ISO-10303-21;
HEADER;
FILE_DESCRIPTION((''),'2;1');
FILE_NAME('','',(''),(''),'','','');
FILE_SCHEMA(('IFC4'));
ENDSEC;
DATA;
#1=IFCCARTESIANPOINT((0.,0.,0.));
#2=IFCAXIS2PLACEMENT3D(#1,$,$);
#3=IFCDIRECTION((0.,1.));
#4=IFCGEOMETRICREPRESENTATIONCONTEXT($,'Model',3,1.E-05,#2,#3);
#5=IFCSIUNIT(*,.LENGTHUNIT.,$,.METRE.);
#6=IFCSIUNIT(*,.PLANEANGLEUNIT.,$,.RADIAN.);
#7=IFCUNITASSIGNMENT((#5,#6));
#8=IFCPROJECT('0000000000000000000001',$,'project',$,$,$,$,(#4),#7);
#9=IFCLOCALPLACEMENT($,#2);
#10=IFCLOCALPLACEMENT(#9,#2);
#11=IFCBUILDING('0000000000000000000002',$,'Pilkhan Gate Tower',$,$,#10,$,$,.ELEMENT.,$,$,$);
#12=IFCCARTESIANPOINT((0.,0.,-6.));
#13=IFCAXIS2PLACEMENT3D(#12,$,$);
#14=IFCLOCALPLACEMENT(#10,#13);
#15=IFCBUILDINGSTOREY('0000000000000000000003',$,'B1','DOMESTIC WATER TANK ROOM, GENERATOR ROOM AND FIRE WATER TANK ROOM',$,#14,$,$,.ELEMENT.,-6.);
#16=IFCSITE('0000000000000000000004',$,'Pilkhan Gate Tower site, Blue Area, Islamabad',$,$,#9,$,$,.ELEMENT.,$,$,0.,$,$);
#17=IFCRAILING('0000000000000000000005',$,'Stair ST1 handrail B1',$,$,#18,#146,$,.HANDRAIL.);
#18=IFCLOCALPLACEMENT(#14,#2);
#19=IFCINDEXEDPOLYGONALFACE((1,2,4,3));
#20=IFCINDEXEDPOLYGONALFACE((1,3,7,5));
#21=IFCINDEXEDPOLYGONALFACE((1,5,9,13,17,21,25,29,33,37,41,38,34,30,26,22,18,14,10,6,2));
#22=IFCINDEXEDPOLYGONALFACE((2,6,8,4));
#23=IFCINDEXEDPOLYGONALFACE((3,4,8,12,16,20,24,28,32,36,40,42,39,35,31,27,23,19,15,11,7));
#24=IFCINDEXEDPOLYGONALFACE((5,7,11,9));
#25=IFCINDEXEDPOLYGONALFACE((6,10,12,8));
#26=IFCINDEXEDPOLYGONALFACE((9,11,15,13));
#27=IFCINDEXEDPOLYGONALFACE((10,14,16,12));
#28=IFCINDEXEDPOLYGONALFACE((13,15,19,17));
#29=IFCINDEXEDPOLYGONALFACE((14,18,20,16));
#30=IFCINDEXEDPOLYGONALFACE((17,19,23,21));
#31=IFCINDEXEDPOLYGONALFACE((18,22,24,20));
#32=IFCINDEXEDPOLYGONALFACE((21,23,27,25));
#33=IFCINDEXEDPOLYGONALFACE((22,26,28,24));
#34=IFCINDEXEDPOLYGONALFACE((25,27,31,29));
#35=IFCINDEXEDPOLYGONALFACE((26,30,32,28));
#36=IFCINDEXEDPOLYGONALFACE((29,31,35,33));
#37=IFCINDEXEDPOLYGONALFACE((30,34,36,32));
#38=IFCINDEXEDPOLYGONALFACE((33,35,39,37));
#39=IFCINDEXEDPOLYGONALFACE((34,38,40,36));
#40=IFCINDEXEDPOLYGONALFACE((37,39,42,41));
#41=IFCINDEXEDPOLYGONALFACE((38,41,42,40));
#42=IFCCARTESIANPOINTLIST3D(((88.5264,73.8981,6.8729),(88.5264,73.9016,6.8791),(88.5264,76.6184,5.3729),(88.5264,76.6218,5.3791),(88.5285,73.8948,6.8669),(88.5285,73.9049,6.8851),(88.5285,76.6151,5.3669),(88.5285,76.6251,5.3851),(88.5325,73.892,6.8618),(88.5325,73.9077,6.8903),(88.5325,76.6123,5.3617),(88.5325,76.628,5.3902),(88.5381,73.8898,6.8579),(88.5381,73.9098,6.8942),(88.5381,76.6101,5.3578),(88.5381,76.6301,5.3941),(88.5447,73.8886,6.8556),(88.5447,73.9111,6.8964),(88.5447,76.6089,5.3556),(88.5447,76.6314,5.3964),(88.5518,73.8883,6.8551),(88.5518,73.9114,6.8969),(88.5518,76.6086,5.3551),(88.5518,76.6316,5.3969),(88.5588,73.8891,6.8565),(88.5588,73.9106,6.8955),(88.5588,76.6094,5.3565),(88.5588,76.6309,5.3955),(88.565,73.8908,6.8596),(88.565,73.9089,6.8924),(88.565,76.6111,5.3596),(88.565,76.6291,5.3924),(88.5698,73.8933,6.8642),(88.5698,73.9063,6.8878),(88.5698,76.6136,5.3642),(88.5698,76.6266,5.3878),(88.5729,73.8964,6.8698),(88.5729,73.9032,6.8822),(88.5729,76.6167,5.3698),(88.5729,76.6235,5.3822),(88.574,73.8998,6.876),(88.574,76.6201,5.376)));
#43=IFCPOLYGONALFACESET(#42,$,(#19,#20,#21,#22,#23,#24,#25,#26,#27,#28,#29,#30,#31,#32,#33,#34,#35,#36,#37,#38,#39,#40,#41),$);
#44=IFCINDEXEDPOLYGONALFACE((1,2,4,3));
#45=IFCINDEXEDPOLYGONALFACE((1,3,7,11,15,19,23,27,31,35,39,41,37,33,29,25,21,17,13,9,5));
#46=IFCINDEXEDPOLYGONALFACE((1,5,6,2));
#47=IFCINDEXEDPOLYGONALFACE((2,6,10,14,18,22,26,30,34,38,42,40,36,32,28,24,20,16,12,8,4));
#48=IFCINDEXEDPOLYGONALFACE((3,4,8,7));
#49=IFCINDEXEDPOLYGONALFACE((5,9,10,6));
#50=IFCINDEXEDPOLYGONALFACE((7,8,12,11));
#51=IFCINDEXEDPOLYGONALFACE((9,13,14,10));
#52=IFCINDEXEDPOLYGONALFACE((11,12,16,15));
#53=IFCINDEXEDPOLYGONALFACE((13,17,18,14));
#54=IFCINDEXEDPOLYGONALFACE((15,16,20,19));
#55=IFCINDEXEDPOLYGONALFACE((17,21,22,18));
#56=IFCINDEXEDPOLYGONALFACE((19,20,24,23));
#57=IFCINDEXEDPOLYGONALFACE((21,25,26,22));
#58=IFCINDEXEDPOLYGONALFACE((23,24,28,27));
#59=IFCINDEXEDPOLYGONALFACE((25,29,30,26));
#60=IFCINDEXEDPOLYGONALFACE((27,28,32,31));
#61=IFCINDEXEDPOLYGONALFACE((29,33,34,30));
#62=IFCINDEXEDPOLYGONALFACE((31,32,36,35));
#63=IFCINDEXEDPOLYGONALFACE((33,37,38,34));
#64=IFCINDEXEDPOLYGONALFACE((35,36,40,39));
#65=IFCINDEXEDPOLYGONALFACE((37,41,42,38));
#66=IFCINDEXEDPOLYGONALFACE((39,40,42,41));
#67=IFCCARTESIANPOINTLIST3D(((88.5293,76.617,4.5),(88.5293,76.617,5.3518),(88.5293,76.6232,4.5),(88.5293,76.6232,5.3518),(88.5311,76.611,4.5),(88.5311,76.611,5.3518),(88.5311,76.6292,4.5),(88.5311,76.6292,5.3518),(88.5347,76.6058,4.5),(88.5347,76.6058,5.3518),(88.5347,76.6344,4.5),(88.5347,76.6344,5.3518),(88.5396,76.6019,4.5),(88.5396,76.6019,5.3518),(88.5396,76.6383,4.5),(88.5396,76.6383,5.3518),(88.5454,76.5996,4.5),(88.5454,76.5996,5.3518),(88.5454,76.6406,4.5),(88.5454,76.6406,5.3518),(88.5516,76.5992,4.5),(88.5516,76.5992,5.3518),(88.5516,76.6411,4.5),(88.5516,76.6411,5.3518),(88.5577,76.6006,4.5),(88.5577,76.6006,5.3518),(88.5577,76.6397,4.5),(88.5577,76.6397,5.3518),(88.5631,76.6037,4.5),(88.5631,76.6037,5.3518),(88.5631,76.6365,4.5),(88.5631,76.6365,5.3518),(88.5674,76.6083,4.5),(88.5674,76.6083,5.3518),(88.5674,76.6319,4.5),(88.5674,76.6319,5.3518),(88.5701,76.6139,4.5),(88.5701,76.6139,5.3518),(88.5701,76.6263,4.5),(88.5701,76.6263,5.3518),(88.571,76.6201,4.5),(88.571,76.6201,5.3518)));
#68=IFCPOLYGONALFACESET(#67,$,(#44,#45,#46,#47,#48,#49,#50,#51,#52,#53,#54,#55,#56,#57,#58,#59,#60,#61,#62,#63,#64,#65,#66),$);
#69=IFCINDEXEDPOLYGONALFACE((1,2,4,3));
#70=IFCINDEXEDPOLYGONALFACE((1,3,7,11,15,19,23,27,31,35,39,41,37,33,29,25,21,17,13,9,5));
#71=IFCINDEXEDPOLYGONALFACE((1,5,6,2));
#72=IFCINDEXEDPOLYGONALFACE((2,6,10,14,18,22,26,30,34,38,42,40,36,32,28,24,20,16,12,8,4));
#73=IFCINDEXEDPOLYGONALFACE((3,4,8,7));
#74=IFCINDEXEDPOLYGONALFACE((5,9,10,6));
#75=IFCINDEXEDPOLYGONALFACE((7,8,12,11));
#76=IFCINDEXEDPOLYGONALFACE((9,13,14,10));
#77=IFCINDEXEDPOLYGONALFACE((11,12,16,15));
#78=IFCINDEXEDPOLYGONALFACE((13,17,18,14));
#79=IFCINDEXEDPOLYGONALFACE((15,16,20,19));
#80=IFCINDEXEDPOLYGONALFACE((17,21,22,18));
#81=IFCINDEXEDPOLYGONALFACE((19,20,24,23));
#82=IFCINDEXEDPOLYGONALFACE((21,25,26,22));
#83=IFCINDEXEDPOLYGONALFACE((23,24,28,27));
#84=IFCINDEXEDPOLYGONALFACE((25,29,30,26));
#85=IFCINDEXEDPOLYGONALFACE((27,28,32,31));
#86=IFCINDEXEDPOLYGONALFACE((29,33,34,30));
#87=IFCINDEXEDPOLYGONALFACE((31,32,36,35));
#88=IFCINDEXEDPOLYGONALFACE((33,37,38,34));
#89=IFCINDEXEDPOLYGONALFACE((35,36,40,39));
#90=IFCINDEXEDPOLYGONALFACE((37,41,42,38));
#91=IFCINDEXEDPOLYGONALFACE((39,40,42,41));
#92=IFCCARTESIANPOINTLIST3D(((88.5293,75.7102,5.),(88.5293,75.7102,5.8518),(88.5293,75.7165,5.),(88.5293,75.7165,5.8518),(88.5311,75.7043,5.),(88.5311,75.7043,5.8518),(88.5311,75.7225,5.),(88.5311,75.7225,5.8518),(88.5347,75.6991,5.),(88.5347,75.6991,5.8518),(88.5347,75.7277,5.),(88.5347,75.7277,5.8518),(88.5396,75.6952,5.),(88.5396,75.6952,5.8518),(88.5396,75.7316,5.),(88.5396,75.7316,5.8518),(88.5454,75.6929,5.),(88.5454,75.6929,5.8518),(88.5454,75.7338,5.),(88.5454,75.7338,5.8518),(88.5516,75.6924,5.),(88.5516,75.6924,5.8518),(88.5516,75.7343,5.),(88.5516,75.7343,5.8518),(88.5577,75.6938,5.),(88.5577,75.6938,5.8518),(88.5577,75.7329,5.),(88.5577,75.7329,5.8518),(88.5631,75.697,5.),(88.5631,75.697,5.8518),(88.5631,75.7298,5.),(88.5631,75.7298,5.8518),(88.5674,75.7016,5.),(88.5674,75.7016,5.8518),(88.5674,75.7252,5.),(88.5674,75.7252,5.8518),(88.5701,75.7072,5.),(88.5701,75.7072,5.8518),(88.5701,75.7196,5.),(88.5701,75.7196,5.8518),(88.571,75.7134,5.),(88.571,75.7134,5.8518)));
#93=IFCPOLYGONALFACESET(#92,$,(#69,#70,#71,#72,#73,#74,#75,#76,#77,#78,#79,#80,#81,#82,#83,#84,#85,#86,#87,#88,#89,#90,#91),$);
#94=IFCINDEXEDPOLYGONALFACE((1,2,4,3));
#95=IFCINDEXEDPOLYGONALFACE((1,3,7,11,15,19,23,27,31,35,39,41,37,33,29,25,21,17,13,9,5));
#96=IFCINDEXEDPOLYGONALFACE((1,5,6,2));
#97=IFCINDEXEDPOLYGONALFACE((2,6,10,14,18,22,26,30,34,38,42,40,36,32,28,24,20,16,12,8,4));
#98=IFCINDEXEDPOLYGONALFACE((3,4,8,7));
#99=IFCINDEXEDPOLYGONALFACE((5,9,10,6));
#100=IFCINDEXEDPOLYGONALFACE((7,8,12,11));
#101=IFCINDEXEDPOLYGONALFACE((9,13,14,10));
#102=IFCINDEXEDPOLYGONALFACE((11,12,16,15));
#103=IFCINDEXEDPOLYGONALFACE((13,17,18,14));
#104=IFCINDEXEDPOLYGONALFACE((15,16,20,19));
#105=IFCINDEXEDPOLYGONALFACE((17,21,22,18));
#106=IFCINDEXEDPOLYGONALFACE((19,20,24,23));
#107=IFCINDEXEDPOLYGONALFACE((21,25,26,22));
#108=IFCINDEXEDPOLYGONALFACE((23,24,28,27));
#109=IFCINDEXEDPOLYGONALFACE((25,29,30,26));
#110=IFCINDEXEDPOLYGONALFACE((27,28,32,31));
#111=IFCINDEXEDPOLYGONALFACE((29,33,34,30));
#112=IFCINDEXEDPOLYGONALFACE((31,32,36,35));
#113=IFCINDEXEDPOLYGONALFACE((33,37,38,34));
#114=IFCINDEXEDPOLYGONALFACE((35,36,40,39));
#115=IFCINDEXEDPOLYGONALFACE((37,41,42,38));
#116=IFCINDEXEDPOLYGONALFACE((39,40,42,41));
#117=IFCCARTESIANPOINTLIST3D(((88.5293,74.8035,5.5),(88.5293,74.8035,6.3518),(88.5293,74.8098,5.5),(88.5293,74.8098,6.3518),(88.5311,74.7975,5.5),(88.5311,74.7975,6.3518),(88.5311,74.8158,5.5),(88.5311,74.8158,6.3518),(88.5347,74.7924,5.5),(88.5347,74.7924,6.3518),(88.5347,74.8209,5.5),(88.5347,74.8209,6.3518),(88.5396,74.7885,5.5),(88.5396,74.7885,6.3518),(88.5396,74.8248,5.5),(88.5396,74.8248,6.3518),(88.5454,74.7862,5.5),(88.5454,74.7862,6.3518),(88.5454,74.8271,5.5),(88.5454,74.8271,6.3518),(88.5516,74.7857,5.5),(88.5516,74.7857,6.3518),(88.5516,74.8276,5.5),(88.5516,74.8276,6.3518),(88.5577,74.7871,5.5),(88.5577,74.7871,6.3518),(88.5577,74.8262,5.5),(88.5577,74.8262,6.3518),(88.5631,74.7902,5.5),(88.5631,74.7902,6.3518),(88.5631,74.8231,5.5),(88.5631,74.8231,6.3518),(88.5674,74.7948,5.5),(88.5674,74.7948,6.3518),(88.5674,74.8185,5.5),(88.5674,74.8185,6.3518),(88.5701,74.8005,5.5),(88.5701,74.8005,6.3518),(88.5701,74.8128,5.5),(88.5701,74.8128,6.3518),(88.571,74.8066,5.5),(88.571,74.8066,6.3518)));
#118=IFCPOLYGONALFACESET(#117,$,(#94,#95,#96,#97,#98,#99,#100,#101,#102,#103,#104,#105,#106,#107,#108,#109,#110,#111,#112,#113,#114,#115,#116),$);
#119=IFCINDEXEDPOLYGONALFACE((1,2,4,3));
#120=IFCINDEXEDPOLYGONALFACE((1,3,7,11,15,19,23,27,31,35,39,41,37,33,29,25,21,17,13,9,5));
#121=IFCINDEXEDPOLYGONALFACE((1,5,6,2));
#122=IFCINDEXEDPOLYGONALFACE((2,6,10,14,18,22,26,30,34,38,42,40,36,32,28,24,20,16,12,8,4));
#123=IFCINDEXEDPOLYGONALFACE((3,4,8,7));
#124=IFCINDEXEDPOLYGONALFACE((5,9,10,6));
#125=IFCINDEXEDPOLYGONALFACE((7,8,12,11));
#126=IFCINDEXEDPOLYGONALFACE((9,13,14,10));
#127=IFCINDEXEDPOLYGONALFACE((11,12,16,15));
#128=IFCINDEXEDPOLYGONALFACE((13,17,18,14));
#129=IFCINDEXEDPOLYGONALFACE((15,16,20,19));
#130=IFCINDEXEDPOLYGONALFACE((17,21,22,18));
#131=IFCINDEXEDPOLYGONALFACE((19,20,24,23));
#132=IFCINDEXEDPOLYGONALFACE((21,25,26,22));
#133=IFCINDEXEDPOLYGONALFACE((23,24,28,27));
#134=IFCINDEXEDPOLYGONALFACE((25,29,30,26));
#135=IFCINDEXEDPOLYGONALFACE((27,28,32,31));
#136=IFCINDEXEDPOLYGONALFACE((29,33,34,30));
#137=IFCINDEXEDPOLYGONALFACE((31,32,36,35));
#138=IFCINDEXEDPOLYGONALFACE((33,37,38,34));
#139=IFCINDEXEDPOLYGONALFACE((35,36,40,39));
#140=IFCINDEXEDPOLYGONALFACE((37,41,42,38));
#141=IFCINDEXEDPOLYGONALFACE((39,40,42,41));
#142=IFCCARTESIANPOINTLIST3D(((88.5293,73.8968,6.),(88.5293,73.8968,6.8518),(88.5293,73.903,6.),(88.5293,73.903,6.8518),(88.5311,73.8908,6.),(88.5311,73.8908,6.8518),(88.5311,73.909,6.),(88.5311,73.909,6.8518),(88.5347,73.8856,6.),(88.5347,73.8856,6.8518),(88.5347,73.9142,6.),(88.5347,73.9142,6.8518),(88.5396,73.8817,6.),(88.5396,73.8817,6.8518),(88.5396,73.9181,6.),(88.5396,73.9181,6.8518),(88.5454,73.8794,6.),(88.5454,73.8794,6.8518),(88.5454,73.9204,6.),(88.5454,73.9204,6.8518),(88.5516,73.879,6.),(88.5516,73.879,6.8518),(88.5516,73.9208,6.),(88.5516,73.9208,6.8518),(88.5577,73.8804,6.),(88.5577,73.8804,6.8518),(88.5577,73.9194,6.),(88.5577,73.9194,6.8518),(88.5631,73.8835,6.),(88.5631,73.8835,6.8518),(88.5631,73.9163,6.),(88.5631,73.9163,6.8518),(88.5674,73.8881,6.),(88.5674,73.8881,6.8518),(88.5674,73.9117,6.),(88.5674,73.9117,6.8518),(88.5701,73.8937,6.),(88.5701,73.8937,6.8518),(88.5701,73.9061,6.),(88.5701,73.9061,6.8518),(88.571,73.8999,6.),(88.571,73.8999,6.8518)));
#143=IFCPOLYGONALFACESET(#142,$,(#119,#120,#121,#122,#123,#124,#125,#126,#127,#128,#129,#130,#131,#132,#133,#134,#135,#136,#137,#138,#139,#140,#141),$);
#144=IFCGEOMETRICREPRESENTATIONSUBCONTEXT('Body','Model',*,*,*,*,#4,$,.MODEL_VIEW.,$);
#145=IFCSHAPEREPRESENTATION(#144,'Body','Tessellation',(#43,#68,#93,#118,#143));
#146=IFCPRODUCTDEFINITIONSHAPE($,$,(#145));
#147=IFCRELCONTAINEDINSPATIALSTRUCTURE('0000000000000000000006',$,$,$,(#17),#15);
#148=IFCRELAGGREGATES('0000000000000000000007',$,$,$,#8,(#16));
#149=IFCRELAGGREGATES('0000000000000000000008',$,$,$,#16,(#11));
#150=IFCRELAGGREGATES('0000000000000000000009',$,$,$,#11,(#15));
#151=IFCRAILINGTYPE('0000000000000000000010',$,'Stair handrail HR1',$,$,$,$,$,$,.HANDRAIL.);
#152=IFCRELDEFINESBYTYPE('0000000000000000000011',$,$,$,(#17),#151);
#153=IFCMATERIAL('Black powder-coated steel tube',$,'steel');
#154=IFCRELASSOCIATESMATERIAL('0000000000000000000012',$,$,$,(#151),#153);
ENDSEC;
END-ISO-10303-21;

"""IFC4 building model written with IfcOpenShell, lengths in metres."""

from ifc_helpers import new_model, si_unit, direction, frame, origin, origin_2d, place, context, subcontext, project, spatial, circle, extrude, material, type_object, element, save


model = new_model("IFC4")

# Units and contexts
model_context = context("Model", 3, precision=1e-05, world=origin(), true_north=direction((0.0, 1.0)))
body_context = subcontext(model_context, "Body", "Model", "MODEL_VIEW")
ifc_project = project(units=[si_unit("LENGTHUNIT", "METRE"), si_unit("PLANEANGLEUNIT", "RADIAN")], contexts=[model_context])

# Site, building, storey
site_placement = place(None, origin())
site = spatial("IfcSite", under=ifc_project, at=site_placement, Name="Pilkhan Gate Tower site, Blue Area, Islamabad", CompositionType="ELEMENT", RefElevation=0.0)
building_placement = place(site_placement, origin())
building = spatial("IfcBuilding", under=site, at=building_placement, Name="Pilkhan Gate Tower", CompositionType="ELEMENT")
storey_placement = place(building_placement, frame((0.0, 0.0, -6.0)))
storey = spatial("IfcBuildingStorey", under=building, at=storey_placement, Name="B1", Description="DOMESTIC WATER TANK ROOM, GENERATOR ROOM AND FIRE WATER TANK ROOM", CompositionType="ELEMENT", Elevation=-6.0)

# Railing
ifc_material_1 = material(Name="Black powder-coated steel tube", Category="steel")
railing_type_1 = type_object("IfcRailingType", Name="Stair handrail HR1", PredefinedType="HANDRAIL", material=ifc_material_1)
for number, where, name in (
    (1, (88.55, 76.6201, 4.5), "Stair ST1 handrail B1"),
):
    element("IfcRailing", number, at=place(storey_placement, frame(where)), inside=storey, type_object=railing_type_1, Name=name, PredefinedType="HANDRAIL", context=body_context, shape_type="SweptSolid", body=[
        extrude(circle(Radius=0.0239, at=origin_2d()), frame((0.0, 0.0, 0.876), z_axis=(0.0, -0.875688, 0.482878), x_axis=(1.0, 0.0, 0.0)), (0.0, 0.0, 1.0), 3.1064),
        extrude(circle(Radius=0.021, at=origin_2d()), origin(), (0.0, 0.0, 1.0), 0.8518),
        extrude(circle(Radius=0.021, at=origin_2d()), frame((0.0, -0.9067, 0.5)), (0.0, 0.0, 1.0), 0.8518),
        extrude(circle(Radius=0.021, at=origin_2d()), frame((0.0, -1.8135, 1.0)), (0.0, 0.0, 1.0), 0.8518),
        extrude(circle(Radius=0.021, at=origin_2d()), frame((0.0, -2.7202, 1.5)), (0.0, 0.0, 1.0), 0.8518),
    ])

save(model, "model.ifc")
